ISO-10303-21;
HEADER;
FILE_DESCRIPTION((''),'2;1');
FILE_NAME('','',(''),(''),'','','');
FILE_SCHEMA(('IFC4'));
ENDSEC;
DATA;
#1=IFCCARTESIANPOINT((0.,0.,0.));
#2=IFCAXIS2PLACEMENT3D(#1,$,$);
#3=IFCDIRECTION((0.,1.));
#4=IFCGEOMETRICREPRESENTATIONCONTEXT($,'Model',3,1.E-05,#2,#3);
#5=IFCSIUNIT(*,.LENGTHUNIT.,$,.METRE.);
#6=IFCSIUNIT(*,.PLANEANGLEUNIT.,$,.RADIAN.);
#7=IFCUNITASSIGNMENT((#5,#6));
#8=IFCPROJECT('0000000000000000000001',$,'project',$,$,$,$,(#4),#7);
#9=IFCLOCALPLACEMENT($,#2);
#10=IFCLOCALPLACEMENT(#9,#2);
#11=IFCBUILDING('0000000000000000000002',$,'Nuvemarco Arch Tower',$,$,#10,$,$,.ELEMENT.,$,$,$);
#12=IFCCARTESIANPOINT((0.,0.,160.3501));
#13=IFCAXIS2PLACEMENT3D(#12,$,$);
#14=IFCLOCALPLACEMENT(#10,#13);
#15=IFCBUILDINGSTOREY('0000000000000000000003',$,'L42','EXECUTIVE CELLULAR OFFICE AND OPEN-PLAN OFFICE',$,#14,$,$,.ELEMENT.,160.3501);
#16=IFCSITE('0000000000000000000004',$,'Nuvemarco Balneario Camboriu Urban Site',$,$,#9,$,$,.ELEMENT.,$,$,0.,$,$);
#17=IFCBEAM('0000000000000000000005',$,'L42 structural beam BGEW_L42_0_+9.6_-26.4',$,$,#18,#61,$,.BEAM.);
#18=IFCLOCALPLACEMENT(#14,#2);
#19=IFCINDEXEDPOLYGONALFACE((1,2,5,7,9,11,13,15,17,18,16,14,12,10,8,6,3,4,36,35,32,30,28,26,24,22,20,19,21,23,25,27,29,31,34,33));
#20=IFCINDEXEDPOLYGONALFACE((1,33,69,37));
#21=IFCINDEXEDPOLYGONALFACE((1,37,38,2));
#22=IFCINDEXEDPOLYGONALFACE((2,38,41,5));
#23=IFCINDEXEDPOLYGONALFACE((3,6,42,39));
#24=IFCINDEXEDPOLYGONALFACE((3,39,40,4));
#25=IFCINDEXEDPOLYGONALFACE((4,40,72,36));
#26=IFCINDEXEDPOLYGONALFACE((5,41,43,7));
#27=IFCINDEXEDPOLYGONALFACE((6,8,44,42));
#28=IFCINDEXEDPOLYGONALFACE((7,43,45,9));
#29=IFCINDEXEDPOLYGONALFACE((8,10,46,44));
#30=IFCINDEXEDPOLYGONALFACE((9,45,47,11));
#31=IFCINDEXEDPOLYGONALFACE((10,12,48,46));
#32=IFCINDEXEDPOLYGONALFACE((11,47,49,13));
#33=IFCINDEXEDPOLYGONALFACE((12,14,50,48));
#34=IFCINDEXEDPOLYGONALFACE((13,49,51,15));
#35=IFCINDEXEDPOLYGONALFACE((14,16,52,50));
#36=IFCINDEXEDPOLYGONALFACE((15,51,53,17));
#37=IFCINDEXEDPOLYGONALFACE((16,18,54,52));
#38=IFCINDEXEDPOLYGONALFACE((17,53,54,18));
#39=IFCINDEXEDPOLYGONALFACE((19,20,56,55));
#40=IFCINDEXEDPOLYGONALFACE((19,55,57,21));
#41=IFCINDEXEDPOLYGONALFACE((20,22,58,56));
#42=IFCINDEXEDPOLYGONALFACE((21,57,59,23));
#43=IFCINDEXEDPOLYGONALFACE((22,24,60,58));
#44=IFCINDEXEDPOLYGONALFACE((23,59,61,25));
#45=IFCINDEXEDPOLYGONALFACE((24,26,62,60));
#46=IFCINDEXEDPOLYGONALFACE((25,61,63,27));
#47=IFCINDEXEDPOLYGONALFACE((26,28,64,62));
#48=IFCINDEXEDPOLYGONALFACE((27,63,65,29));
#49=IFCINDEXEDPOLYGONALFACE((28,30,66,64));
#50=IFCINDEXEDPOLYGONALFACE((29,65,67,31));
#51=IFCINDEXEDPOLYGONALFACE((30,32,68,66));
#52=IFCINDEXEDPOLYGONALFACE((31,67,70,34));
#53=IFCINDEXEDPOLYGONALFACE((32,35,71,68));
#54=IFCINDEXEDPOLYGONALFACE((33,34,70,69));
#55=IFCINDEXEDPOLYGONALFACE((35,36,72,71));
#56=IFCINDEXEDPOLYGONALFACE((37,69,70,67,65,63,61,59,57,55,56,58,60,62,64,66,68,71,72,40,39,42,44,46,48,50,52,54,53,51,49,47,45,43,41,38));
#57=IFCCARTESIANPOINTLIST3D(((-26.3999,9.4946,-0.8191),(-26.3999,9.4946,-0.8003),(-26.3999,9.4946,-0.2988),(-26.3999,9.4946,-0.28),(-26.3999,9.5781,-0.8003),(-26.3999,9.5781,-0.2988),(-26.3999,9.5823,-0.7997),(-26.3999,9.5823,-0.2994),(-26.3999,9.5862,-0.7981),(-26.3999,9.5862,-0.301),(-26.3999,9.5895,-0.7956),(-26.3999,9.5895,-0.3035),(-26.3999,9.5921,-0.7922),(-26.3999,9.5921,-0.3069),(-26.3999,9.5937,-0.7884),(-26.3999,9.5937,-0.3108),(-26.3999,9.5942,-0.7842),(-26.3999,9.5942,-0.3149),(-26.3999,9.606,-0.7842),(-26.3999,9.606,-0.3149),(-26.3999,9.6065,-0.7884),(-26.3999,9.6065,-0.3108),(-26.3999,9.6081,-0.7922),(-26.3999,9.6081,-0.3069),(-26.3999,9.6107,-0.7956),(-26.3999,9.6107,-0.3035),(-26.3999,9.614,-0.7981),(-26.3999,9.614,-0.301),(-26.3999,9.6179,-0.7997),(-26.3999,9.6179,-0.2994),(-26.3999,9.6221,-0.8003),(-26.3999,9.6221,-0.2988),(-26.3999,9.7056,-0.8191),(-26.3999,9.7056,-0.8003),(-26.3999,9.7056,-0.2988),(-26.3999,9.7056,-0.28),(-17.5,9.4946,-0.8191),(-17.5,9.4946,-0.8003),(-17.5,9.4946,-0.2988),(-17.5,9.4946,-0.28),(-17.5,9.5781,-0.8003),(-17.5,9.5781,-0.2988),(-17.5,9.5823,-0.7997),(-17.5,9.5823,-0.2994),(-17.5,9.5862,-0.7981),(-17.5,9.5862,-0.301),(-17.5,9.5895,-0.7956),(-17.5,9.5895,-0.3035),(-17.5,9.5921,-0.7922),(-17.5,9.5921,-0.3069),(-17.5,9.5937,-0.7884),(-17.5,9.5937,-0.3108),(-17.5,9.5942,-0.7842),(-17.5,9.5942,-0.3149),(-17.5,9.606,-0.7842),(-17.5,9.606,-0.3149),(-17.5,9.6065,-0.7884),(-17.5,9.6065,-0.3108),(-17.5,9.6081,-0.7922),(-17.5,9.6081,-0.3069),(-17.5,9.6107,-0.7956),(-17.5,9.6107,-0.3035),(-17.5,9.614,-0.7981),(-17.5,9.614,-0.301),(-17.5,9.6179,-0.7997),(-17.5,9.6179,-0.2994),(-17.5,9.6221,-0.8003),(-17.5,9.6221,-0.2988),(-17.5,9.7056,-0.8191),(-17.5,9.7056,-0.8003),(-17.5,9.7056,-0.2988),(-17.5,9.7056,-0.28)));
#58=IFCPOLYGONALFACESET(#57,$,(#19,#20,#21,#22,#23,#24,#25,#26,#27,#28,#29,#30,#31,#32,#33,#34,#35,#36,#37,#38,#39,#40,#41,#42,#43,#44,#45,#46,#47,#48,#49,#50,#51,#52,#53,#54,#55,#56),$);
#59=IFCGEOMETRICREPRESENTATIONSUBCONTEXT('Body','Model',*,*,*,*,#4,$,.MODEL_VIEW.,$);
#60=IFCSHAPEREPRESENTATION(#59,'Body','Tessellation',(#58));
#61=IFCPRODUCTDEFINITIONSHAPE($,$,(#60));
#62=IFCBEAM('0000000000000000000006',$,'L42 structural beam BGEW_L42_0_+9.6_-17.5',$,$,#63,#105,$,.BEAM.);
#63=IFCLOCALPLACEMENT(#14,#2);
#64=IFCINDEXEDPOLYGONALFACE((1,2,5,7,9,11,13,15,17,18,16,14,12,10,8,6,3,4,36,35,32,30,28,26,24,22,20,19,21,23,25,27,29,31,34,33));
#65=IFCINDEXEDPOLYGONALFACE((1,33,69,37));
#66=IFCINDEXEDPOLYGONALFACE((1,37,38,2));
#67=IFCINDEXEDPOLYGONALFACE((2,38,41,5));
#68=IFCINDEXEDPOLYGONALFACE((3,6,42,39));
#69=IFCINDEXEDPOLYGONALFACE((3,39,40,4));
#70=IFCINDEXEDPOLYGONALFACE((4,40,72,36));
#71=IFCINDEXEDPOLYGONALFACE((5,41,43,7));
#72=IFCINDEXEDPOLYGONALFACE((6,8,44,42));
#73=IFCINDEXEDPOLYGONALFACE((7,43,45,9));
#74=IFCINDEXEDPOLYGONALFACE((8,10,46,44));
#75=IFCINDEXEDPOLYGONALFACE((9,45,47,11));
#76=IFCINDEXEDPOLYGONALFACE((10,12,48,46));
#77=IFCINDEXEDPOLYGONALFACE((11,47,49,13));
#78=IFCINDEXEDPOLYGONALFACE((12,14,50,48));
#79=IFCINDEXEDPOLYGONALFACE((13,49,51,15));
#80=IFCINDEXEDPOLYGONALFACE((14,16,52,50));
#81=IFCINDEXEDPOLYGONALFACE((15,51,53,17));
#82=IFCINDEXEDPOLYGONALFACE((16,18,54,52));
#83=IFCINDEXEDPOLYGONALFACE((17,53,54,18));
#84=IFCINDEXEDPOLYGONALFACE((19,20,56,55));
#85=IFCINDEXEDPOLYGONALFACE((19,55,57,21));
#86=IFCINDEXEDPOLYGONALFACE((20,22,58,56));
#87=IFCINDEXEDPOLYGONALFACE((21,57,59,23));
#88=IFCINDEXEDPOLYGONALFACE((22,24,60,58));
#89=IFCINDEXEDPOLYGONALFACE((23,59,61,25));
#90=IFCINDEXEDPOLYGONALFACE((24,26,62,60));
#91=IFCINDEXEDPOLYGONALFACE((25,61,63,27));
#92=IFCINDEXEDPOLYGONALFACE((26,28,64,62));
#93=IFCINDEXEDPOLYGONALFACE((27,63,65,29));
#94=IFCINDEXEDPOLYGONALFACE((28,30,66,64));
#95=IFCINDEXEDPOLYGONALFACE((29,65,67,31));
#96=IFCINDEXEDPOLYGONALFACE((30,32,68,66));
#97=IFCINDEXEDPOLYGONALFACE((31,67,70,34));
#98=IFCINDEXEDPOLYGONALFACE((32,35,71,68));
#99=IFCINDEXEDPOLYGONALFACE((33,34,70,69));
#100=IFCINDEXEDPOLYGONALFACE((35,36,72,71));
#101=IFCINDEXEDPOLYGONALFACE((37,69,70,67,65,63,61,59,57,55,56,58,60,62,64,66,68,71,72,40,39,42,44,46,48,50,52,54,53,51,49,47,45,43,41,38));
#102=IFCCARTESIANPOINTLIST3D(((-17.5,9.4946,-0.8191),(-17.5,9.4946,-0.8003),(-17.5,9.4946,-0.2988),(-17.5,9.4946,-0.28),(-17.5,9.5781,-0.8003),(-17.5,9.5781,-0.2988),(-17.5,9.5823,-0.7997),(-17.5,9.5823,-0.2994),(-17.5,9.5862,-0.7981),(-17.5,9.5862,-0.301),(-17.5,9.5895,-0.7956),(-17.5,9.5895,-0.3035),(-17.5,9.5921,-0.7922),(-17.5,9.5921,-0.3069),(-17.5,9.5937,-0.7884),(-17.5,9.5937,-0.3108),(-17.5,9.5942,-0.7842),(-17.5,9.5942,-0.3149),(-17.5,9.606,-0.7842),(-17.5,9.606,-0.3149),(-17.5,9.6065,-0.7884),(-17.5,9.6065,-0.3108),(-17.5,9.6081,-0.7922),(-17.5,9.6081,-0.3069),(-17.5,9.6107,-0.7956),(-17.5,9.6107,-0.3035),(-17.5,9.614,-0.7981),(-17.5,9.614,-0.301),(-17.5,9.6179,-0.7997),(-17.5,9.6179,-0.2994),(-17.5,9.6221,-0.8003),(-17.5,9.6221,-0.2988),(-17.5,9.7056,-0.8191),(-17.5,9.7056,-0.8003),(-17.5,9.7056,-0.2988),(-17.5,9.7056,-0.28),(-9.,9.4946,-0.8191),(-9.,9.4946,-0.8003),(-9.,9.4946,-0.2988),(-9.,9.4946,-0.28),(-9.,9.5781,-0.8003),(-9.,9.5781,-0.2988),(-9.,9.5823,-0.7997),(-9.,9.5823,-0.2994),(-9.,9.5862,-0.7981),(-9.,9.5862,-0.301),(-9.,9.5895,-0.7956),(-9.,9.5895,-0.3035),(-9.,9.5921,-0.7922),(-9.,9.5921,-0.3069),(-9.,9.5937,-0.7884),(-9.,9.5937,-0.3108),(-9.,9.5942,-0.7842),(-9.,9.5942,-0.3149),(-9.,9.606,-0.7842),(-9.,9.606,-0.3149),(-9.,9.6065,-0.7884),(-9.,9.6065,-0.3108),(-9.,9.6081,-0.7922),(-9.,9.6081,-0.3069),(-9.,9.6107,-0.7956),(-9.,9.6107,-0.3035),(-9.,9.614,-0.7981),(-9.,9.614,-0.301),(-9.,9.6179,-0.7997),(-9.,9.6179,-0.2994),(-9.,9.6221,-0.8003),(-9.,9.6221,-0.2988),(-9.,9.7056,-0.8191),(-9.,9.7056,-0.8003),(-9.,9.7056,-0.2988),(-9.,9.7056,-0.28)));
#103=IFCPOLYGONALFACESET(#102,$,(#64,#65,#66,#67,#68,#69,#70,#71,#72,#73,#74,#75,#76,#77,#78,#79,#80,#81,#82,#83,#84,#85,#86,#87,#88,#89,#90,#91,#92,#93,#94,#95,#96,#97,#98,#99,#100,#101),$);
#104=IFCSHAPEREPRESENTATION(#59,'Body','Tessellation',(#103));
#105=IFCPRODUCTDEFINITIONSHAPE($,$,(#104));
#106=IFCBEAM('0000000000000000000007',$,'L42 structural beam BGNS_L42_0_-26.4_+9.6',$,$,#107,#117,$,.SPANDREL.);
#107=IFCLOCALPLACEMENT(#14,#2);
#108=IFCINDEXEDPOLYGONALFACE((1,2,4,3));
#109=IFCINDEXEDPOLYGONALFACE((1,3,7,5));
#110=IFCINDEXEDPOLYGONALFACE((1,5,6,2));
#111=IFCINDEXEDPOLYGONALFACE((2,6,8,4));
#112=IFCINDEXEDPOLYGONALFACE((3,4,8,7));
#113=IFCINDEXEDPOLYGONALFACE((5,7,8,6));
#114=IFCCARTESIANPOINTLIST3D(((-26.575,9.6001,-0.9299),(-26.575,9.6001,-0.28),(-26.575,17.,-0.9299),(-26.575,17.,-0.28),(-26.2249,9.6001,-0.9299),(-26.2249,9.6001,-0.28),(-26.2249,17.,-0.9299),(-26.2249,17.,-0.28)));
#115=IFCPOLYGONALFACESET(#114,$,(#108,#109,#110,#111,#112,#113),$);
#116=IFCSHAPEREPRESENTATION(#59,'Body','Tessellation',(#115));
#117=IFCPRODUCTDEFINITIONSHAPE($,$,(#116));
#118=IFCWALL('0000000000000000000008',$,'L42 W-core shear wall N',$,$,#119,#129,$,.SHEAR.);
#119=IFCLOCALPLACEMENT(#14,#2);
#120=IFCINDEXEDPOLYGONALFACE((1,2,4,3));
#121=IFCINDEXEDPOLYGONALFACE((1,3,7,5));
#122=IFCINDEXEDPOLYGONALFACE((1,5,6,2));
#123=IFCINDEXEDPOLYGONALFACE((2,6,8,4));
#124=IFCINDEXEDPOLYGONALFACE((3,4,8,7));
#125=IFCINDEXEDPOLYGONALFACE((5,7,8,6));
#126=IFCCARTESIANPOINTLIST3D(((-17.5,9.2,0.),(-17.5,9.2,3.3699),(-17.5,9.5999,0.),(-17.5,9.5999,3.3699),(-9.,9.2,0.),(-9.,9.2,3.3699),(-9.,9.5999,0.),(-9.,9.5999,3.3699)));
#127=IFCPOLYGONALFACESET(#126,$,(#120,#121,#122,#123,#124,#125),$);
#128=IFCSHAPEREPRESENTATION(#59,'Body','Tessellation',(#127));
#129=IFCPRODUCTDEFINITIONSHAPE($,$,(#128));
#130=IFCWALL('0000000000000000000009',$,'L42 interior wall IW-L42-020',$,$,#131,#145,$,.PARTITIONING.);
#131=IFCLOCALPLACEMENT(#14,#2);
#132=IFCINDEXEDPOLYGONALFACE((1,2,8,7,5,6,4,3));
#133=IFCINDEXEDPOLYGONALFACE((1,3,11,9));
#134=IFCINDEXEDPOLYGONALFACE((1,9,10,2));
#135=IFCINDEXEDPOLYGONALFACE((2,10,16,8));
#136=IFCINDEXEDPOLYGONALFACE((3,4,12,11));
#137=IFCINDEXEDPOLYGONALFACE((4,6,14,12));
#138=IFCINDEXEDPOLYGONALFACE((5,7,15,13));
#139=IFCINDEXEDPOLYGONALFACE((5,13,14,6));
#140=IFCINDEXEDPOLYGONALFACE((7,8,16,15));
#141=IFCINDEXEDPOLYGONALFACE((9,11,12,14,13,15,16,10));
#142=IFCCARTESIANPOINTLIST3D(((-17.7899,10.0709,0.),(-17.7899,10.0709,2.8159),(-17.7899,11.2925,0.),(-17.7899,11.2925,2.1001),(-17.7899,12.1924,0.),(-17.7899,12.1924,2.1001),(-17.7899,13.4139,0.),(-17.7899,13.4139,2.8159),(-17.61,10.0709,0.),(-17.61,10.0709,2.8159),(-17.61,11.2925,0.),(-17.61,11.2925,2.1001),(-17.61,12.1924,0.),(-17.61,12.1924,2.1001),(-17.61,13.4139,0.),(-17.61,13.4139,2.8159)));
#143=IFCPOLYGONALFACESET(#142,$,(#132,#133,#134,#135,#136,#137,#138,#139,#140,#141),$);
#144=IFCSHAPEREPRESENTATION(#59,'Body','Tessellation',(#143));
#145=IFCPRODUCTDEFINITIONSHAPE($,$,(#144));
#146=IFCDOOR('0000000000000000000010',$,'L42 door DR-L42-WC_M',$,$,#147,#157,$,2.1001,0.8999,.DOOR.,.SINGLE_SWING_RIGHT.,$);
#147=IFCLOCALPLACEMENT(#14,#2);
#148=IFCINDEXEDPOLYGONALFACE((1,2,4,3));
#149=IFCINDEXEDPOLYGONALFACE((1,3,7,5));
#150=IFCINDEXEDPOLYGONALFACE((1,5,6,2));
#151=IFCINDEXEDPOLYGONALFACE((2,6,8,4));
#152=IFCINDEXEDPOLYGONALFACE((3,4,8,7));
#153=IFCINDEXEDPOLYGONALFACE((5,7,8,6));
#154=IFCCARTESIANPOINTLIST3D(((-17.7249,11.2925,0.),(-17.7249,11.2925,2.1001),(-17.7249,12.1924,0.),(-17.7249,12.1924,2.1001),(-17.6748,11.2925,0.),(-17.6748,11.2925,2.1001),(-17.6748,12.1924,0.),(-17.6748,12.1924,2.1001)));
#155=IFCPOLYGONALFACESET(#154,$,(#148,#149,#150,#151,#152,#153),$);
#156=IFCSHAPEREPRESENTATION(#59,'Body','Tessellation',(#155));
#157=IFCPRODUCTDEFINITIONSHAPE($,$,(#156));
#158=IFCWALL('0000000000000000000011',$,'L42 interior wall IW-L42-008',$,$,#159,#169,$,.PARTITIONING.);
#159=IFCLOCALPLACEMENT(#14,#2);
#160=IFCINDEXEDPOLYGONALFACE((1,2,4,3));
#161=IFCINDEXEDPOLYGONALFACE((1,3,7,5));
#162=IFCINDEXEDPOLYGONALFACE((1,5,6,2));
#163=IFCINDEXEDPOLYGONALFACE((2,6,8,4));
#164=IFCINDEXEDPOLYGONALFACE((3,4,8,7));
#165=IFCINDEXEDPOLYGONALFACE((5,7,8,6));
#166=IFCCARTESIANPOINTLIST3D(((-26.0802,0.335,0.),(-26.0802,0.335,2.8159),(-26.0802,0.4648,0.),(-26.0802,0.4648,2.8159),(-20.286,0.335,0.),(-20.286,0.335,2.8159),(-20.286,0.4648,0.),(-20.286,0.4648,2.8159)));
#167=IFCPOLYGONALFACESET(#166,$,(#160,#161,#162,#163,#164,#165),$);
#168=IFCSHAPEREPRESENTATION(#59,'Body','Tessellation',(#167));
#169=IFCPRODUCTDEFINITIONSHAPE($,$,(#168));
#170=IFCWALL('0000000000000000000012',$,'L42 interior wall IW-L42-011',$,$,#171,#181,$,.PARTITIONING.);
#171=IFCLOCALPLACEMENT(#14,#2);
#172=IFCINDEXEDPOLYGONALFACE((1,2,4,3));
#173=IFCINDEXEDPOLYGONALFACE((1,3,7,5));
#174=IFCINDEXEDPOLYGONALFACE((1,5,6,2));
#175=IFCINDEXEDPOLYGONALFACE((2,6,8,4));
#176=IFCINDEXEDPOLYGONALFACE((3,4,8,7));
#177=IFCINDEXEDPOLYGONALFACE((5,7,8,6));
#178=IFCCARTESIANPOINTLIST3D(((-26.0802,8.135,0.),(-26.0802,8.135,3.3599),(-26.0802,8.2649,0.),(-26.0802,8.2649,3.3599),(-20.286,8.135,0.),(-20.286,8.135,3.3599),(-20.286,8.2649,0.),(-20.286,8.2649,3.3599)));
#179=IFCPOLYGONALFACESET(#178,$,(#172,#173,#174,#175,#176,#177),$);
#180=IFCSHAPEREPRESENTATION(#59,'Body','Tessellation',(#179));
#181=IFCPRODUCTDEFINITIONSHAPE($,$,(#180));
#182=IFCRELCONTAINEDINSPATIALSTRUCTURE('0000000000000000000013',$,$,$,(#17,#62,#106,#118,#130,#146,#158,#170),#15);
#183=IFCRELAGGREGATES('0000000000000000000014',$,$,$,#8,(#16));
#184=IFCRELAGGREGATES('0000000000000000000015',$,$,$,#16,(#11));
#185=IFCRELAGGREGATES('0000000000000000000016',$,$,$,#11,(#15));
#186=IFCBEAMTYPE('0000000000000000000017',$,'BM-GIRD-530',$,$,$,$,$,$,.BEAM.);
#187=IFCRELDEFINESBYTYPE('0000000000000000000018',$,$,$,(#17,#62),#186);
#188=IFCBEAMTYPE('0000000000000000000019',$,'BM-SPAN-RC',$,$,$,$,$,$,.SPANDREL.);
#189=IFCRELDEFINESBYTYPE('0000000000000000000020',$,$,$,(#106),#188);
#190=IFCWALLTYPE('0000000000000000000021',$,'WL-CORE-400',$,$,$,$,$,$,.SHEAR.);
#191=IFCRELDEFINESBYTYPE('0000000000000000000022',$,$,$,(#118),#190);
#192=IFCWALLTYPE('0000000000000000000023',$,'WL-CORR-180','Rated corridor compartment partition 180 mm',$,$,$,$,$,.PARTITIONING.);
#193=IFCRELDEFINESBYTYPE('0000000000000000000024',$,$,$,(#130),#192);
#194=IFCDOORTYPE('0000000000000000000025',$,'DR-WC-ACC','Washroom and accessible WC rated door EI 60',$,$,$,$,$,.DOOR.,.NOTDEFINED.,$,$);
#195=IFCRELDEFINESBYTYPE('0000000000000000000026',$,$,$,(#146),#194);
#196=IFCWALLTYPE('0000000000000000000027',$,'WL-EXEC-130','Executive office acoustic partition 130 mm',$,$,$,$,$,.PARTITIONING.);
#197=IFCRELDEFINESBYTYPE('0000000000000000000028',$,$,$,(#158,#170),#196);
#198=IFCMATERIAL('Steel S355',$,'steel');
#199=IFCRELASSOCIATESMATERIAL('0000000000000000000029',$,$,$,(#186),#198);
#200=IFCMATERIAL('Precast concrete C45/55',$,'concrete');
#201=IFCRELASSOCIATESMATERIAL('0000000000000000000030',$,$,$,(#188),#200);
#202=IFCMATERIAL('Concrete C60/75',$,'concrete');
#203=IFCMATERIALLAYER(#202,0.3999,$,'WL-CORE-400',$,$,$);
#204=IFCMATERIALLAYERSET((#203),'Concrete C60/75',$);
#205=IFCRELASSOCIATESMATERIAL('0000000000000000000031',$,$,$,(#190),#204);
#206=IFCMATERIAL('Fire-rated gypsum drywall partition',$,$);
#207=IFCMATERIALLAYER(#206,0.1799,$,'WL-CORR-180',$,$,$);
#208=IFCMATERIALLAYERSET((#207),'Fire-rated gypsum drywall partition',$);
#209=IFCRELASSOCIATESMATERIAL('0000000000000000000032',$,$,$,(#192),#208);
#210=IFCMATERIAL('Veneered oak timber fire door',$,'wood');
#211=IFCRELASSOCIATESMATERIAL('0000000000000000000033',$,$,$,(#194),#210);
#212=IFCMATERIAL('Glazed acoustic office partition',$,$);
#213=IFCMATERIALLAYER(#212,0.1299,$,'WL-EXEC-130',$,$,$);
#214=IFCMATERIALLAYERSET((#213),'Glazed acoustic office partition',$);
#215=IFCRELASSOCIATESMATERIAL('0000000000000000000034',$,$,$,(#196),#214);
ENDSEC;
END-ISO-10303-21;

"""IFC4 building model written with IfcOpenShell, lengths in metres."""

from ifc_helpers import new_model, si_unit, direction, frame, frame_2d, origin, origin_2d, place, context, subcontext, project, spatial, rectangle, i_section, extrude, source, transform, mapped, material, layer, layer_set, material_profile, profile_set, type_object, type_shapes, element, fill, save


model = new_model("IFC4")

# Units and contexts
model_context = context("Model", 3, precision=1e-05, world=origin(), true_north=direction((0.0, 1.0)))
body_context = subcontext(model_context, "Body", "Model", "MODEL_VIEW")
ifc_project = project(units=[si_unit("LENGTHUNIT", "METRE"), si_unit("PLANEANGLEUNIT", "RADIAN")], contexts=[model_context])

# Site, building, storey
site_placement = place(None, origin())
site = spatial("IfcSite", under=ifc_project, at=site_placement, Name="Nuvemarco Balneario Camboriu Urban Site", CompositionType="ELEMENT", RefElevation=0.0)
building_placement = place(site_placement, origin())
building = spatial("IfcBuilding", under=site, at=building_placement, Name="Nuvemarco Arch Tower", CompositionType="ELEMENT")
storey_placement = place(building_placement, frame((0.0, 0.0, 160.3501)))
storey = spatial("IfcBuildingStorey", under=building, at=storey_placement, Name="L42", Description="EXECUTIVE CELLULAR OFFICE AND OPEN-PLAN OFFICE", CompositionType="ELEMENT", Elevation=160.3501)

# Shared definitions
ifc_material_1 = material(Name="Steel S355", Category="steel")

# Beams
ifc_material_profile_1 = material_profile(ifc_material_1, i_section(OverallWidth=0.2109, OverallDepth=0.5391, WebThickness=0.0117, FlangeThickness=0.0188, FilletRadius=0.0161, at=origin_2d()), Name="W530x109")
ifc_profile_set_1 = profile_set([ifc_material_profile_1], Name="Steel S355")
beam_type_1 = type_object("IfcBeamType", Name="BM-GIRD-530", PredefinedType="BEAM", material=ifc_profile_set_1)
beam_1_placement = place(storey_placement, frame((-26.3999, 9.6001, -0.5496), z_axis=(1.0, 0.0, 0.0), x_axis=(0.0, 1.0, 0.0)))
element("IfcBeam", 1, at=beam_1_placement, inside=storey, type_object=beam_type_1, Name="L42 structural beam BGEW_L42_0_+9.6_-26.4", PredefinedType="BEAM", context=body_context, shape_type="SweptSolid", body=[
    extrude(i_section(OverallWidth=0.2109, OverallDepth=0.5391, WebThickness=0.0117, FlangeThickness=0.0188, FilletRadius=0.0161, at=origin_2d()), origin(), (0.0, 0.0, 1.0), 8.8999),
])
beam_2_placement = place(storey_placement, frame((-17.5, 9.6001, -0.5496), z_axis=(1.0, 0.0, 0.0), x_axis=(0.0, 1.0, 0.0)))
element("IfcBeam", 2, at=beam_2_placement, inside=storey, type_object=beam_type_1, Name="L42 structural beam BGEW_L42_0_+9.6_-17.5", PredefinedType="BEAM", context=body_context, shape_type="SweptSolid", body=[
    extrude(i_section(OverallWidth=0.2109, OverallDepth=0.5391, WebThickness=0.0117, FlangeThickness=0.0188, FilletRadius=0.0161, at=origin_2d()), origin(), (0.0, 0.0, 1.0), 8.5),
])
ifc_material_2 = material(Name="Precast concrete C45/55", Category="concrete")
ifc_material_profile_2 = material_profile(ifc_material_2, rectangle(XDim=0.3501, YDim=0.6499, at=origin_2d()), Name="PC-SP-350x650")
ifc_profile_set_2 = profile_set([ifc_material_profile_2], Name="Precast concrete C45/55")
beam_type_2 = type_object("IfcBeamType", Name="BM-SPAN-RC", PredefinedType="SPANDREL", material=ifc_profile_set_2)
beam_3_placement = place(storey_placement, frame((-26.3999, 9.6001, -0.605), z_axis=(0.0, 1.0, 0.0), x_axis=(-1.0, 0.0, 0.0)))
element("IfcBeam", 3, at=beam_3_placement, inside=storey, type_object=beam_type_2, Name="L42 structural beam BGNS_L42_0_-26.4_+9.6", PredefinedType="SPANDREL", context=body_context, shape_type="SweptSolid", body=[
    extrude(rectangle(XDim=0.3501, YDim=0.6499, at=origin_2d()), origin(), (0.0, 0.0, 1.0), 7.3999),
])

# Wall
ifc_material_3 = material(Name="Concrete C60/75", Category="concrete")
ifc_layer_1 = layer(ifc_material_3, 0.3999, Name="WL-CORE-400")
ifc_layer_set_1 = layer_set([ifc_layer_1], Name="Concrete C60/75")
wall_type_1 = type_object("IfcWallType", Name="WL-CORE-400", PredefinedType="SHEAR", material=ifc_layer_set_1)
wall_1_placement = place(storey_placement, frame((-17.5, 9.3999, 0.0), z_axis=(0.0, 0.0, 1.0), x_axis=(1.0, 0.0, 0.0)))
element("IfcWall", 4, at=wall_1_placement, inside=storey, type_object=wall_type_1, Name="L42 W-core shear wall N", PredefinedType="SHEAR", context=body_context, shape_type="SweptSolid", body=[
    extrude(rectangle(XDim=8.5, YDim=0.3999, at=frame_2d((4.25, 0.0))), origin(), (0.0, 0.0, 1.0), 3.3699),
])

# Wall, opening, door
ifc_material_4 = material(Name="Fire-rated gypsum drywall partition")
ifc_layer_2 = layer(ifc_material_4, 0.1799, Name="WL-CORR-180")
ifc_layer_set_2 = layer_set([ifc_layer_2], Name="Fire-rated gypsum drywall partition")
wall_type_2 = type_object("IfcWallType", Name="WL-CORR-180", Description="Rated corridor compartment partition 180 mm", PredefinedType="PARTITIONING", material=ifc_layer_set_2)
wall_2_placement = place(storey_placement, frame((-17.7, 10.071, 0.0), z_axis=(0.0, 0.0, 1.0), x_axis=(0.0, 1.0, 0.0)))
wall_2 = element("IfcWall", 5, at=wall_2_placement, inside=storey, type_object=wall_type_2, Name="L42 interior wall IW-L42-020", PredefinedType="PARTITIONING", context=body_context, shape_type="SweptSolid", body=[
    extrude(rectangle(XDim=3.343, YDim=0.1799, at=frame_2d((1.6714, 0.0))), origin(), (0.0, 0.0, 1.0), 2.8159),
])
opening_placement = place(wall_2_placement, frame((1.2214, 0.0, 0.0)))
opening = element("IfcOpeningElement", 6, at=opening_placement, cuts=wall_2, PredefinedType="OPENING", context=body_context, shape_type="SweptSolid", body=[
    extrude(rectangle(XDim=0.8999, YDim=2.1001, at=frame_2d((0.45, 1.05))), frame((0.0, 0.0999, 0.0), z_axis=(0.0, -1.0, 0.0), x_axis=(1.0, 0.0, 0.0)), (0.0, 0.0, 1.0), 0.2),
])
ifc_material_5 = material(Name="Veneered oak timber fire door", Category="wood")
door_type = type_object("IfcDoorType", Name="DR-WC-ACC", Description="Washroom and accessible WC rated door EI 60", OperationType="NOTDEFINED", PredefinedType="DOOR", material=ifc_material_5)
shared_shape_1 = source(origin(), body_context, "Body", "SweptSolid", [
    extrude(rectangle(XDim=0.8999, YDim=2.1001, at=frame_2d((0.45, 1.05))), frame((0.0, 0.0249, 0.0), z_axis=(0.0, -1.0, 0.0), x_axis=(1.0, 0.0, 0.0)), (0.0, 0.0, 1.0), 0.05),
])
type_shapes(door_type, [shared_shape_1])
door_placement = place(opening_placement, origin())
door = element("IfcDoor", 7, at=door_placement, inside=storey, type_object=door_type, Name="L42 door DR-L42-WC_M", OperationType="SINGLE_SWING_RIGHT", OverallHeight=2.1001, OverallWidth=0.8999, PredefinedType="DOOR", context=body_context, shape_type="MappedRepresentation", body=[
    mapped(shared_shape_1, transform((0.0, 0.0, 0.0), scale=1.0)),
])
fill(opening, door)

# Walls
ifc_material_6 = material(Name="Glazed acoustic office partition")
ifc_layer_3 = layer(ifc_material_6, 0.1299, Name="WL-EXEC-130")
ifc_layer_set_3 = layer_set([ifc_layer_3], Name="Glazed acoustic office partition")
wall_type_3 = type_object("IfcWallType", Name="WL-EXEC-130", Description="Executive office acoustic partition 130 mm", PredefinedType="PARTITIONING", material=ifc_layer_set_3)
wall_3_placement = place(storey_placement, frame((-26.0801, 0.3999, 0.0), z_axis=(0.0, 0.0, 1.0), x_axis=(1.0, 0.0, 0.0)))
element("IfcWall", 8, at=wall_3_placement, inside=storey, type_object=wall_type_3, Name="L42 interior wall IW-L42-008", PredefinedType="PARTITIONING", context=body_context, shape_type="SweptSolid", body=[
    extrude(rectangle(XDim=5.7942, YDim=0.1299, at=frame_2d((2.897, 0.0))), origin(), (0.0, 0.0, 1.0), 2.8159),
])
wall_4_placement = place(storey_placement, frame((-26.0801, 8.2, 0.0), z_axis=(0.0, 0.0, 1.0), x_axis=(1.0, 0.0, 0.0)))
element("IfcWall", 9, at=wall_4_placement, inside=storey, type_object=wall_type_3, Name="L42 interior wall IW-L42-011", PredefinedType="PARTITIONING", context=body_context, shape_type="SweptSolid", body=[
    extrude(rectangle(XDim=5.7942, YDim=0.1299, at=frame_2d((2.897, 0.0))), origin(), (0.0, 0.0, 1.0), 3.3599),
])

save(model, "model.ifc")
